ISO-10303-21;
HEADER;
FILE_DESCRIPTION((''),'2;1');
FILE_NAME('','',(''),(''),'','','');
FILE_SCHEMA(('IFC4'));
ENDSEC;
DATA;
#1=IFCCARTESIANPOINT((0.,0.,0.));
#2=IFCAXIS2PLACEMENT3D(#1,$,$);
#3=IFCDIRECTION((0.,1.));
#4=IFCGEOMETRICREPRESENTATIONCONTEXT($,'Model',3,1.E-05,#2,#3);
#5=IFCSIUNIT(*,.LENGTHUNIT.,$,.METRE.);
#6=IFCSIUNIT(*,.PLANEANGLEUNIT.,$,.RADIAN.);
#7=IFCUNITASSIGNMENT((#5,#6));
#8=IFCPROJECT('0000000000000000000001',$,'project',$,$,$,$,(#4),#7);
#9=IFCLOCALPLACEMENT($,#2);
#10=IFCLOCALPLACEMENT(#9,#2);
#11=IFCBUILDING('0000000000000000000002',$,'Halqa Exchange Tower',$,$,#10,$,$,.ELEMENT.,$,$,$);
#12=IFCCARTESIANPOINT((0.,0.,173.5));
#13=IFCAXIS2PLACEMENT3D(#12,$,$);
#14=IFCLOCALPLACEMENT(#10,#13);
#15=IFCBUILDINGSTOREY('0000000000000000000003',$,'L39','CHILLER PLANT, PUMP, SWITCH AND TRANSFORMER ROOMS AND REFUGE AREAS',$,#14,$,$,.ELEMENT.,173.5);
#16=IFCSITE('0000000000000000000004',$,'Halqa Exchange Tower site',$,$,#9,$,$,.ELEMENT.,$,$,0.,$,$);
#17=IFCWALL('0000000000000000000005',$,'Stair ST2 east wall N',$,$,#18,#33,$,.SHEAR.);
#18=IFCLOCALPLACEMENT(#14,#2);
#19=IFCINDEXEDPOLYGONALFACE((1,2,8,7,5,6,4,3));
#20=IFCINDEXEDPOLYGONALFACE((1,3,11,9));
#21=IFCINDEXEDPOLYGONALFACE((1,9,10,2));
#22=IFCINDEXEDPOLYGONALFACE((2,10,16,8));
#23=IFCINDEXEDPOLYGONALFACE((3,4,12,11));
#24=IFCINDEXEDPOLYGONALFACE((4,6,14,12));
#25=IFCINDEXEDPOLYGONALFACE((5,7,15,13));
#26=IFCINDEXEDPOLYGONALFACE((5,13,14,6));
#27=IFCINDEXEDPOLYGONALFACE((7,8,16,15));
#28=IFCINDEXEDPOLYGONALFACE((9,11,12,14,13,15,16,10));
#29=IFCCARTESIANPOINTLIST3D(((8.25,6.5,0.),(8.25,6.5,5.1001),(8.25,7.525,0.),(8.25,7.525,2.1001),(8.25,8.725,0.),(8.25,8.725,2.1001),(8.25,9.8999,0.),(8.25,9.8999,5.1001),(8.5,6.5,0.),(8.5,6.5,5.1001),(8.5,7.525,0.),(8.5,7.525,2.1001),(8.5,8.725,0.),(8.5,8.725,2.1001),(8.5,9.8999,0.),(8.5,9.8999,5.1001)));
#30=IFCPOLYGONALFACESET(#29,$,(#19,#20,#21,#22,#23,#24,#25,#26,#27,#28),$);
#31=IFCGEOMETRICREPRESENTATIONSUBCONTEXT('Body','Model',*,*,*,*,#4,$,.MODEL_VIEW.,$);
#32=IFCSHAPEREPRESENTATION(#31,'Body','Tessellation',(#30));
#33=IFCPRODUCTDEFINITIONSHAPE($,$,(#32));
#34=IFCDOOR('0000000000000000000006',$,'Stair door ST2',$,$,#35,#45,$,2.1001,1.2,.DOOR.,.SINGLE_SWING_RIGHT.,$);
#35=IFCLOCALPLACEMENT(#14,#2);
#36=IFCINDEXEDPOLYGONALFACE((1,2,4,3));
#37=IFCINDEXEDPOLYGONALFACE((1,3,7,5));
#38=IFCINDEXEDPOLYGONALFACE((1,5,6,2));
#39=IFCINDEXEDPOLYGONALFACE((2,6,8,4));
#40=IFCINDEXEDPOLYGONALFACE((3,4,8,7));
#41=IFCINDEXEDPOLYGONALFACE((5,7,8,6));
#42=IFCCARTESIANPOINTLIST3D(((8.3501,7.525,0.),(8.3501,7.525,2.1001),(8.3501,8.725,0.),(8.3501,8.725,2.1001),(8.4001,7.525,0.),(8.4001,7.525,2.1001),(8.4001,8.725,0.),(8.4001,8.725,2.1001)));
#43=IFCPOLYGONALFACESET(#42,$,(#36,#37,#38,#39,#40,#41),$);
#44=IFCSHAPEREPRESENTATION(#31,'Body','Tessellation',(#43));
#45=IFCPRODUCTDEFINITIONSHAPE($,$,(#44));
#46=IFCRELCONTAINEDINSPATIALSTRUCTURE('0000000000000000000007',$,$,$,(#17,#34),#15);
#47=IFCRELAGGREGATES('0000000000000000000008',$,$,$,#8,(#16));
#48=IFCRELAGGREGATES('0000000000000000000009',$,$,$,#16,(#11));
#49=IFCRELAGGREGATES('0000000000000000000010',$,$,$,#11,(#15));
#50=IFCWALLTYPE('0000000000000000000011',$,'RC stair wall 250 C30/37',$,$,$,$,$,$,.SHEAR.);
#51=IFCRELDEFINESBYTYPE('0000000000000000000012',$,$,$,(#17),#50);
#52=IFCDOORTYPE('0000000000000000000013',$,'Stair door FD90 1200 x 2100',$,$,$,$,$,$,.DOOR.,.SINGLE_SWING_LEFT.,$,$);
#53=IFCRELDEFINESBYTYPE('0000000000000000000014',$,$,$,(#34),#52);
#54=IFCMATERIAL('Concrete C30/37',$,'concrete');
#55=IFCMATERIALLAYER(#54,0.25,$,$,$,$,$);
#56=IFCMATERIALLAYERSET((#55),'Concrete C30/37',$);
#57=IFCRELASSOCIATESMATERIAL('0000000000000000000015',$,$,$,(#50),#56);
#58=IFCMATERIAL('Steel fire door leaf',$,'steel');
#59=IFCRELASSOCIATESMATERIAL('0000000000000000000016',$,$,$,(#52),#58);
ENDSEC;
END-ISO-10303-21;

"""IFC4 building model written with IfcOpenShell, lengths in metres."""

from ifc_helpers import new_model, si_unit, direction, frame, frame_2d, origin, place, context, subcontext, project, spatial, rectangle, extrude, material, layer, layer_set, type_object, element, fill, save


model = new_model("IFC4")

# Units and contexts
model_context = context("Model", 3, precision=1e-05, world=origin(), true_north=direction((0.0, 1.0)))
body_context = subcontext(model_context, "Body", "Model", "MODEL_VIEW")
ifc_project = project(units=[si_unit("LENGTHUNIT", "METRE"), si_unit("PLANEANGLEUNIT", "RADIAN")], contexts=[model_context])

# Site, building, storey
site_placement = place(None, origin())
site = spatial("IfcSite", under=ifc_project, at=site_placement, Name="Halqa Exchange Tower site", CompositionType="ELEMENT", RefElevation=0.0)
building_placement = place(site_placement, origin())
building = spatial("IfcBuilding", under=site, at=building_placement, Name="Halqa Exchange Tower", CompositionType="ELEMENT")
storey_placement = place(building_placement, frame((0.0, 0.0, 173.5)))
storey = spatial("IfcBuildingStorey", under=building, at=storey_placement, Name="L39", Description="CHILLER PLANT, PUMP, SWITCH AND TRANSFORMER ROOMS AND REFUGE AREAS", CompositionType="ELEMENT", Elevation=173.5)

# Wall, opening, door
ifc_material_1 = material(Name="Concrete C30/37", Category="concrete")
ifc_layer_1 = layer(ifc_material_1, 0.25)
ifc_layer_set_1 = layer_set([ifc_layer_1], Name="Concrete C30/37")
wall_type_1 = type_object("IfcWallType", Name="RC stair wall 250 C30/37", PredefinedType="SHEAR", material=ifc_layer_set_1)
wall_1_placement = place(storey_placement, frame((8.375, 6.5, 0.0), z_axis=(0.0, 0.0, 1.0), x_axis=(0.0, 1.0, 0.0)))
wall_1 = element("IfcWall", 1, at=wall_1_placement, inside=storey, type_object=wall_type_1, Name="Stair ST2 east wall N", PredefinedType="SHEAR", context=body_context, shape_type="SweptSolid", body=[
    extrude(rectangle(XDim=3.3999, YDim=0.25, at=frame_2d((1.7, 0.0))), origin(), (0.0, 0.0, 1.0), 5.1001),
])
opening_placement = place(wall_1_placement, frame((1.0249, 0.0, 0.0)))
opening = element("IfcOpeningElement", 2, at=opening_placement, cuts=wall_1, PredefinedType="OPENING", context=body_context, shape_type="SweptSolid", body=[
    extrude(rectangle(XDim=1.2, YDim=2.1001, at=frame_2d((0.6001, 1.05))), frame((0.0, 0.137, 0.0), z_axis=(0.0, -1.0, 0.0), x_axis=(1.0, 0.0, 0.0)), (0.0, 0.0, 1.0), 0.2739),
])
ifc_material_2 = material(Name="Steel fire door leaf", Category="steel")
door_type = type_object("IfcDoorType", Name="Stair door FD90 1200 x 2100", OperationType="SINGLE_SWING_LEFT", PredefinedType="DOOR", material=ifc_material_2)
door_placement = place(opening_placement, origin())
door = element("IfcDoor", 3, at=door_placement, inside=storey, type_object=door_type, Name="Stair door ST2", OperationType="SINGLE_SWING_RIGHT", OverallHeight=2.1001, OverallWidth=1.2, PredefinedType="DOOR", context=body_context, shape_type="SweptSolid", body=[
    extrude(rectangle(XDim=1.2, YDim=2.1001, at=frame_2d((0.6001, 1.05))), frame((0.0, 0.0249, 0.0), z_axis=(0.0, -1.0, 0.0), x_axis=(1.0, 0.0, 0.0)), (0.0, 0.0, 1.0), 0.05),
])
fill(opening, door)

save(model, "model.ifc")
